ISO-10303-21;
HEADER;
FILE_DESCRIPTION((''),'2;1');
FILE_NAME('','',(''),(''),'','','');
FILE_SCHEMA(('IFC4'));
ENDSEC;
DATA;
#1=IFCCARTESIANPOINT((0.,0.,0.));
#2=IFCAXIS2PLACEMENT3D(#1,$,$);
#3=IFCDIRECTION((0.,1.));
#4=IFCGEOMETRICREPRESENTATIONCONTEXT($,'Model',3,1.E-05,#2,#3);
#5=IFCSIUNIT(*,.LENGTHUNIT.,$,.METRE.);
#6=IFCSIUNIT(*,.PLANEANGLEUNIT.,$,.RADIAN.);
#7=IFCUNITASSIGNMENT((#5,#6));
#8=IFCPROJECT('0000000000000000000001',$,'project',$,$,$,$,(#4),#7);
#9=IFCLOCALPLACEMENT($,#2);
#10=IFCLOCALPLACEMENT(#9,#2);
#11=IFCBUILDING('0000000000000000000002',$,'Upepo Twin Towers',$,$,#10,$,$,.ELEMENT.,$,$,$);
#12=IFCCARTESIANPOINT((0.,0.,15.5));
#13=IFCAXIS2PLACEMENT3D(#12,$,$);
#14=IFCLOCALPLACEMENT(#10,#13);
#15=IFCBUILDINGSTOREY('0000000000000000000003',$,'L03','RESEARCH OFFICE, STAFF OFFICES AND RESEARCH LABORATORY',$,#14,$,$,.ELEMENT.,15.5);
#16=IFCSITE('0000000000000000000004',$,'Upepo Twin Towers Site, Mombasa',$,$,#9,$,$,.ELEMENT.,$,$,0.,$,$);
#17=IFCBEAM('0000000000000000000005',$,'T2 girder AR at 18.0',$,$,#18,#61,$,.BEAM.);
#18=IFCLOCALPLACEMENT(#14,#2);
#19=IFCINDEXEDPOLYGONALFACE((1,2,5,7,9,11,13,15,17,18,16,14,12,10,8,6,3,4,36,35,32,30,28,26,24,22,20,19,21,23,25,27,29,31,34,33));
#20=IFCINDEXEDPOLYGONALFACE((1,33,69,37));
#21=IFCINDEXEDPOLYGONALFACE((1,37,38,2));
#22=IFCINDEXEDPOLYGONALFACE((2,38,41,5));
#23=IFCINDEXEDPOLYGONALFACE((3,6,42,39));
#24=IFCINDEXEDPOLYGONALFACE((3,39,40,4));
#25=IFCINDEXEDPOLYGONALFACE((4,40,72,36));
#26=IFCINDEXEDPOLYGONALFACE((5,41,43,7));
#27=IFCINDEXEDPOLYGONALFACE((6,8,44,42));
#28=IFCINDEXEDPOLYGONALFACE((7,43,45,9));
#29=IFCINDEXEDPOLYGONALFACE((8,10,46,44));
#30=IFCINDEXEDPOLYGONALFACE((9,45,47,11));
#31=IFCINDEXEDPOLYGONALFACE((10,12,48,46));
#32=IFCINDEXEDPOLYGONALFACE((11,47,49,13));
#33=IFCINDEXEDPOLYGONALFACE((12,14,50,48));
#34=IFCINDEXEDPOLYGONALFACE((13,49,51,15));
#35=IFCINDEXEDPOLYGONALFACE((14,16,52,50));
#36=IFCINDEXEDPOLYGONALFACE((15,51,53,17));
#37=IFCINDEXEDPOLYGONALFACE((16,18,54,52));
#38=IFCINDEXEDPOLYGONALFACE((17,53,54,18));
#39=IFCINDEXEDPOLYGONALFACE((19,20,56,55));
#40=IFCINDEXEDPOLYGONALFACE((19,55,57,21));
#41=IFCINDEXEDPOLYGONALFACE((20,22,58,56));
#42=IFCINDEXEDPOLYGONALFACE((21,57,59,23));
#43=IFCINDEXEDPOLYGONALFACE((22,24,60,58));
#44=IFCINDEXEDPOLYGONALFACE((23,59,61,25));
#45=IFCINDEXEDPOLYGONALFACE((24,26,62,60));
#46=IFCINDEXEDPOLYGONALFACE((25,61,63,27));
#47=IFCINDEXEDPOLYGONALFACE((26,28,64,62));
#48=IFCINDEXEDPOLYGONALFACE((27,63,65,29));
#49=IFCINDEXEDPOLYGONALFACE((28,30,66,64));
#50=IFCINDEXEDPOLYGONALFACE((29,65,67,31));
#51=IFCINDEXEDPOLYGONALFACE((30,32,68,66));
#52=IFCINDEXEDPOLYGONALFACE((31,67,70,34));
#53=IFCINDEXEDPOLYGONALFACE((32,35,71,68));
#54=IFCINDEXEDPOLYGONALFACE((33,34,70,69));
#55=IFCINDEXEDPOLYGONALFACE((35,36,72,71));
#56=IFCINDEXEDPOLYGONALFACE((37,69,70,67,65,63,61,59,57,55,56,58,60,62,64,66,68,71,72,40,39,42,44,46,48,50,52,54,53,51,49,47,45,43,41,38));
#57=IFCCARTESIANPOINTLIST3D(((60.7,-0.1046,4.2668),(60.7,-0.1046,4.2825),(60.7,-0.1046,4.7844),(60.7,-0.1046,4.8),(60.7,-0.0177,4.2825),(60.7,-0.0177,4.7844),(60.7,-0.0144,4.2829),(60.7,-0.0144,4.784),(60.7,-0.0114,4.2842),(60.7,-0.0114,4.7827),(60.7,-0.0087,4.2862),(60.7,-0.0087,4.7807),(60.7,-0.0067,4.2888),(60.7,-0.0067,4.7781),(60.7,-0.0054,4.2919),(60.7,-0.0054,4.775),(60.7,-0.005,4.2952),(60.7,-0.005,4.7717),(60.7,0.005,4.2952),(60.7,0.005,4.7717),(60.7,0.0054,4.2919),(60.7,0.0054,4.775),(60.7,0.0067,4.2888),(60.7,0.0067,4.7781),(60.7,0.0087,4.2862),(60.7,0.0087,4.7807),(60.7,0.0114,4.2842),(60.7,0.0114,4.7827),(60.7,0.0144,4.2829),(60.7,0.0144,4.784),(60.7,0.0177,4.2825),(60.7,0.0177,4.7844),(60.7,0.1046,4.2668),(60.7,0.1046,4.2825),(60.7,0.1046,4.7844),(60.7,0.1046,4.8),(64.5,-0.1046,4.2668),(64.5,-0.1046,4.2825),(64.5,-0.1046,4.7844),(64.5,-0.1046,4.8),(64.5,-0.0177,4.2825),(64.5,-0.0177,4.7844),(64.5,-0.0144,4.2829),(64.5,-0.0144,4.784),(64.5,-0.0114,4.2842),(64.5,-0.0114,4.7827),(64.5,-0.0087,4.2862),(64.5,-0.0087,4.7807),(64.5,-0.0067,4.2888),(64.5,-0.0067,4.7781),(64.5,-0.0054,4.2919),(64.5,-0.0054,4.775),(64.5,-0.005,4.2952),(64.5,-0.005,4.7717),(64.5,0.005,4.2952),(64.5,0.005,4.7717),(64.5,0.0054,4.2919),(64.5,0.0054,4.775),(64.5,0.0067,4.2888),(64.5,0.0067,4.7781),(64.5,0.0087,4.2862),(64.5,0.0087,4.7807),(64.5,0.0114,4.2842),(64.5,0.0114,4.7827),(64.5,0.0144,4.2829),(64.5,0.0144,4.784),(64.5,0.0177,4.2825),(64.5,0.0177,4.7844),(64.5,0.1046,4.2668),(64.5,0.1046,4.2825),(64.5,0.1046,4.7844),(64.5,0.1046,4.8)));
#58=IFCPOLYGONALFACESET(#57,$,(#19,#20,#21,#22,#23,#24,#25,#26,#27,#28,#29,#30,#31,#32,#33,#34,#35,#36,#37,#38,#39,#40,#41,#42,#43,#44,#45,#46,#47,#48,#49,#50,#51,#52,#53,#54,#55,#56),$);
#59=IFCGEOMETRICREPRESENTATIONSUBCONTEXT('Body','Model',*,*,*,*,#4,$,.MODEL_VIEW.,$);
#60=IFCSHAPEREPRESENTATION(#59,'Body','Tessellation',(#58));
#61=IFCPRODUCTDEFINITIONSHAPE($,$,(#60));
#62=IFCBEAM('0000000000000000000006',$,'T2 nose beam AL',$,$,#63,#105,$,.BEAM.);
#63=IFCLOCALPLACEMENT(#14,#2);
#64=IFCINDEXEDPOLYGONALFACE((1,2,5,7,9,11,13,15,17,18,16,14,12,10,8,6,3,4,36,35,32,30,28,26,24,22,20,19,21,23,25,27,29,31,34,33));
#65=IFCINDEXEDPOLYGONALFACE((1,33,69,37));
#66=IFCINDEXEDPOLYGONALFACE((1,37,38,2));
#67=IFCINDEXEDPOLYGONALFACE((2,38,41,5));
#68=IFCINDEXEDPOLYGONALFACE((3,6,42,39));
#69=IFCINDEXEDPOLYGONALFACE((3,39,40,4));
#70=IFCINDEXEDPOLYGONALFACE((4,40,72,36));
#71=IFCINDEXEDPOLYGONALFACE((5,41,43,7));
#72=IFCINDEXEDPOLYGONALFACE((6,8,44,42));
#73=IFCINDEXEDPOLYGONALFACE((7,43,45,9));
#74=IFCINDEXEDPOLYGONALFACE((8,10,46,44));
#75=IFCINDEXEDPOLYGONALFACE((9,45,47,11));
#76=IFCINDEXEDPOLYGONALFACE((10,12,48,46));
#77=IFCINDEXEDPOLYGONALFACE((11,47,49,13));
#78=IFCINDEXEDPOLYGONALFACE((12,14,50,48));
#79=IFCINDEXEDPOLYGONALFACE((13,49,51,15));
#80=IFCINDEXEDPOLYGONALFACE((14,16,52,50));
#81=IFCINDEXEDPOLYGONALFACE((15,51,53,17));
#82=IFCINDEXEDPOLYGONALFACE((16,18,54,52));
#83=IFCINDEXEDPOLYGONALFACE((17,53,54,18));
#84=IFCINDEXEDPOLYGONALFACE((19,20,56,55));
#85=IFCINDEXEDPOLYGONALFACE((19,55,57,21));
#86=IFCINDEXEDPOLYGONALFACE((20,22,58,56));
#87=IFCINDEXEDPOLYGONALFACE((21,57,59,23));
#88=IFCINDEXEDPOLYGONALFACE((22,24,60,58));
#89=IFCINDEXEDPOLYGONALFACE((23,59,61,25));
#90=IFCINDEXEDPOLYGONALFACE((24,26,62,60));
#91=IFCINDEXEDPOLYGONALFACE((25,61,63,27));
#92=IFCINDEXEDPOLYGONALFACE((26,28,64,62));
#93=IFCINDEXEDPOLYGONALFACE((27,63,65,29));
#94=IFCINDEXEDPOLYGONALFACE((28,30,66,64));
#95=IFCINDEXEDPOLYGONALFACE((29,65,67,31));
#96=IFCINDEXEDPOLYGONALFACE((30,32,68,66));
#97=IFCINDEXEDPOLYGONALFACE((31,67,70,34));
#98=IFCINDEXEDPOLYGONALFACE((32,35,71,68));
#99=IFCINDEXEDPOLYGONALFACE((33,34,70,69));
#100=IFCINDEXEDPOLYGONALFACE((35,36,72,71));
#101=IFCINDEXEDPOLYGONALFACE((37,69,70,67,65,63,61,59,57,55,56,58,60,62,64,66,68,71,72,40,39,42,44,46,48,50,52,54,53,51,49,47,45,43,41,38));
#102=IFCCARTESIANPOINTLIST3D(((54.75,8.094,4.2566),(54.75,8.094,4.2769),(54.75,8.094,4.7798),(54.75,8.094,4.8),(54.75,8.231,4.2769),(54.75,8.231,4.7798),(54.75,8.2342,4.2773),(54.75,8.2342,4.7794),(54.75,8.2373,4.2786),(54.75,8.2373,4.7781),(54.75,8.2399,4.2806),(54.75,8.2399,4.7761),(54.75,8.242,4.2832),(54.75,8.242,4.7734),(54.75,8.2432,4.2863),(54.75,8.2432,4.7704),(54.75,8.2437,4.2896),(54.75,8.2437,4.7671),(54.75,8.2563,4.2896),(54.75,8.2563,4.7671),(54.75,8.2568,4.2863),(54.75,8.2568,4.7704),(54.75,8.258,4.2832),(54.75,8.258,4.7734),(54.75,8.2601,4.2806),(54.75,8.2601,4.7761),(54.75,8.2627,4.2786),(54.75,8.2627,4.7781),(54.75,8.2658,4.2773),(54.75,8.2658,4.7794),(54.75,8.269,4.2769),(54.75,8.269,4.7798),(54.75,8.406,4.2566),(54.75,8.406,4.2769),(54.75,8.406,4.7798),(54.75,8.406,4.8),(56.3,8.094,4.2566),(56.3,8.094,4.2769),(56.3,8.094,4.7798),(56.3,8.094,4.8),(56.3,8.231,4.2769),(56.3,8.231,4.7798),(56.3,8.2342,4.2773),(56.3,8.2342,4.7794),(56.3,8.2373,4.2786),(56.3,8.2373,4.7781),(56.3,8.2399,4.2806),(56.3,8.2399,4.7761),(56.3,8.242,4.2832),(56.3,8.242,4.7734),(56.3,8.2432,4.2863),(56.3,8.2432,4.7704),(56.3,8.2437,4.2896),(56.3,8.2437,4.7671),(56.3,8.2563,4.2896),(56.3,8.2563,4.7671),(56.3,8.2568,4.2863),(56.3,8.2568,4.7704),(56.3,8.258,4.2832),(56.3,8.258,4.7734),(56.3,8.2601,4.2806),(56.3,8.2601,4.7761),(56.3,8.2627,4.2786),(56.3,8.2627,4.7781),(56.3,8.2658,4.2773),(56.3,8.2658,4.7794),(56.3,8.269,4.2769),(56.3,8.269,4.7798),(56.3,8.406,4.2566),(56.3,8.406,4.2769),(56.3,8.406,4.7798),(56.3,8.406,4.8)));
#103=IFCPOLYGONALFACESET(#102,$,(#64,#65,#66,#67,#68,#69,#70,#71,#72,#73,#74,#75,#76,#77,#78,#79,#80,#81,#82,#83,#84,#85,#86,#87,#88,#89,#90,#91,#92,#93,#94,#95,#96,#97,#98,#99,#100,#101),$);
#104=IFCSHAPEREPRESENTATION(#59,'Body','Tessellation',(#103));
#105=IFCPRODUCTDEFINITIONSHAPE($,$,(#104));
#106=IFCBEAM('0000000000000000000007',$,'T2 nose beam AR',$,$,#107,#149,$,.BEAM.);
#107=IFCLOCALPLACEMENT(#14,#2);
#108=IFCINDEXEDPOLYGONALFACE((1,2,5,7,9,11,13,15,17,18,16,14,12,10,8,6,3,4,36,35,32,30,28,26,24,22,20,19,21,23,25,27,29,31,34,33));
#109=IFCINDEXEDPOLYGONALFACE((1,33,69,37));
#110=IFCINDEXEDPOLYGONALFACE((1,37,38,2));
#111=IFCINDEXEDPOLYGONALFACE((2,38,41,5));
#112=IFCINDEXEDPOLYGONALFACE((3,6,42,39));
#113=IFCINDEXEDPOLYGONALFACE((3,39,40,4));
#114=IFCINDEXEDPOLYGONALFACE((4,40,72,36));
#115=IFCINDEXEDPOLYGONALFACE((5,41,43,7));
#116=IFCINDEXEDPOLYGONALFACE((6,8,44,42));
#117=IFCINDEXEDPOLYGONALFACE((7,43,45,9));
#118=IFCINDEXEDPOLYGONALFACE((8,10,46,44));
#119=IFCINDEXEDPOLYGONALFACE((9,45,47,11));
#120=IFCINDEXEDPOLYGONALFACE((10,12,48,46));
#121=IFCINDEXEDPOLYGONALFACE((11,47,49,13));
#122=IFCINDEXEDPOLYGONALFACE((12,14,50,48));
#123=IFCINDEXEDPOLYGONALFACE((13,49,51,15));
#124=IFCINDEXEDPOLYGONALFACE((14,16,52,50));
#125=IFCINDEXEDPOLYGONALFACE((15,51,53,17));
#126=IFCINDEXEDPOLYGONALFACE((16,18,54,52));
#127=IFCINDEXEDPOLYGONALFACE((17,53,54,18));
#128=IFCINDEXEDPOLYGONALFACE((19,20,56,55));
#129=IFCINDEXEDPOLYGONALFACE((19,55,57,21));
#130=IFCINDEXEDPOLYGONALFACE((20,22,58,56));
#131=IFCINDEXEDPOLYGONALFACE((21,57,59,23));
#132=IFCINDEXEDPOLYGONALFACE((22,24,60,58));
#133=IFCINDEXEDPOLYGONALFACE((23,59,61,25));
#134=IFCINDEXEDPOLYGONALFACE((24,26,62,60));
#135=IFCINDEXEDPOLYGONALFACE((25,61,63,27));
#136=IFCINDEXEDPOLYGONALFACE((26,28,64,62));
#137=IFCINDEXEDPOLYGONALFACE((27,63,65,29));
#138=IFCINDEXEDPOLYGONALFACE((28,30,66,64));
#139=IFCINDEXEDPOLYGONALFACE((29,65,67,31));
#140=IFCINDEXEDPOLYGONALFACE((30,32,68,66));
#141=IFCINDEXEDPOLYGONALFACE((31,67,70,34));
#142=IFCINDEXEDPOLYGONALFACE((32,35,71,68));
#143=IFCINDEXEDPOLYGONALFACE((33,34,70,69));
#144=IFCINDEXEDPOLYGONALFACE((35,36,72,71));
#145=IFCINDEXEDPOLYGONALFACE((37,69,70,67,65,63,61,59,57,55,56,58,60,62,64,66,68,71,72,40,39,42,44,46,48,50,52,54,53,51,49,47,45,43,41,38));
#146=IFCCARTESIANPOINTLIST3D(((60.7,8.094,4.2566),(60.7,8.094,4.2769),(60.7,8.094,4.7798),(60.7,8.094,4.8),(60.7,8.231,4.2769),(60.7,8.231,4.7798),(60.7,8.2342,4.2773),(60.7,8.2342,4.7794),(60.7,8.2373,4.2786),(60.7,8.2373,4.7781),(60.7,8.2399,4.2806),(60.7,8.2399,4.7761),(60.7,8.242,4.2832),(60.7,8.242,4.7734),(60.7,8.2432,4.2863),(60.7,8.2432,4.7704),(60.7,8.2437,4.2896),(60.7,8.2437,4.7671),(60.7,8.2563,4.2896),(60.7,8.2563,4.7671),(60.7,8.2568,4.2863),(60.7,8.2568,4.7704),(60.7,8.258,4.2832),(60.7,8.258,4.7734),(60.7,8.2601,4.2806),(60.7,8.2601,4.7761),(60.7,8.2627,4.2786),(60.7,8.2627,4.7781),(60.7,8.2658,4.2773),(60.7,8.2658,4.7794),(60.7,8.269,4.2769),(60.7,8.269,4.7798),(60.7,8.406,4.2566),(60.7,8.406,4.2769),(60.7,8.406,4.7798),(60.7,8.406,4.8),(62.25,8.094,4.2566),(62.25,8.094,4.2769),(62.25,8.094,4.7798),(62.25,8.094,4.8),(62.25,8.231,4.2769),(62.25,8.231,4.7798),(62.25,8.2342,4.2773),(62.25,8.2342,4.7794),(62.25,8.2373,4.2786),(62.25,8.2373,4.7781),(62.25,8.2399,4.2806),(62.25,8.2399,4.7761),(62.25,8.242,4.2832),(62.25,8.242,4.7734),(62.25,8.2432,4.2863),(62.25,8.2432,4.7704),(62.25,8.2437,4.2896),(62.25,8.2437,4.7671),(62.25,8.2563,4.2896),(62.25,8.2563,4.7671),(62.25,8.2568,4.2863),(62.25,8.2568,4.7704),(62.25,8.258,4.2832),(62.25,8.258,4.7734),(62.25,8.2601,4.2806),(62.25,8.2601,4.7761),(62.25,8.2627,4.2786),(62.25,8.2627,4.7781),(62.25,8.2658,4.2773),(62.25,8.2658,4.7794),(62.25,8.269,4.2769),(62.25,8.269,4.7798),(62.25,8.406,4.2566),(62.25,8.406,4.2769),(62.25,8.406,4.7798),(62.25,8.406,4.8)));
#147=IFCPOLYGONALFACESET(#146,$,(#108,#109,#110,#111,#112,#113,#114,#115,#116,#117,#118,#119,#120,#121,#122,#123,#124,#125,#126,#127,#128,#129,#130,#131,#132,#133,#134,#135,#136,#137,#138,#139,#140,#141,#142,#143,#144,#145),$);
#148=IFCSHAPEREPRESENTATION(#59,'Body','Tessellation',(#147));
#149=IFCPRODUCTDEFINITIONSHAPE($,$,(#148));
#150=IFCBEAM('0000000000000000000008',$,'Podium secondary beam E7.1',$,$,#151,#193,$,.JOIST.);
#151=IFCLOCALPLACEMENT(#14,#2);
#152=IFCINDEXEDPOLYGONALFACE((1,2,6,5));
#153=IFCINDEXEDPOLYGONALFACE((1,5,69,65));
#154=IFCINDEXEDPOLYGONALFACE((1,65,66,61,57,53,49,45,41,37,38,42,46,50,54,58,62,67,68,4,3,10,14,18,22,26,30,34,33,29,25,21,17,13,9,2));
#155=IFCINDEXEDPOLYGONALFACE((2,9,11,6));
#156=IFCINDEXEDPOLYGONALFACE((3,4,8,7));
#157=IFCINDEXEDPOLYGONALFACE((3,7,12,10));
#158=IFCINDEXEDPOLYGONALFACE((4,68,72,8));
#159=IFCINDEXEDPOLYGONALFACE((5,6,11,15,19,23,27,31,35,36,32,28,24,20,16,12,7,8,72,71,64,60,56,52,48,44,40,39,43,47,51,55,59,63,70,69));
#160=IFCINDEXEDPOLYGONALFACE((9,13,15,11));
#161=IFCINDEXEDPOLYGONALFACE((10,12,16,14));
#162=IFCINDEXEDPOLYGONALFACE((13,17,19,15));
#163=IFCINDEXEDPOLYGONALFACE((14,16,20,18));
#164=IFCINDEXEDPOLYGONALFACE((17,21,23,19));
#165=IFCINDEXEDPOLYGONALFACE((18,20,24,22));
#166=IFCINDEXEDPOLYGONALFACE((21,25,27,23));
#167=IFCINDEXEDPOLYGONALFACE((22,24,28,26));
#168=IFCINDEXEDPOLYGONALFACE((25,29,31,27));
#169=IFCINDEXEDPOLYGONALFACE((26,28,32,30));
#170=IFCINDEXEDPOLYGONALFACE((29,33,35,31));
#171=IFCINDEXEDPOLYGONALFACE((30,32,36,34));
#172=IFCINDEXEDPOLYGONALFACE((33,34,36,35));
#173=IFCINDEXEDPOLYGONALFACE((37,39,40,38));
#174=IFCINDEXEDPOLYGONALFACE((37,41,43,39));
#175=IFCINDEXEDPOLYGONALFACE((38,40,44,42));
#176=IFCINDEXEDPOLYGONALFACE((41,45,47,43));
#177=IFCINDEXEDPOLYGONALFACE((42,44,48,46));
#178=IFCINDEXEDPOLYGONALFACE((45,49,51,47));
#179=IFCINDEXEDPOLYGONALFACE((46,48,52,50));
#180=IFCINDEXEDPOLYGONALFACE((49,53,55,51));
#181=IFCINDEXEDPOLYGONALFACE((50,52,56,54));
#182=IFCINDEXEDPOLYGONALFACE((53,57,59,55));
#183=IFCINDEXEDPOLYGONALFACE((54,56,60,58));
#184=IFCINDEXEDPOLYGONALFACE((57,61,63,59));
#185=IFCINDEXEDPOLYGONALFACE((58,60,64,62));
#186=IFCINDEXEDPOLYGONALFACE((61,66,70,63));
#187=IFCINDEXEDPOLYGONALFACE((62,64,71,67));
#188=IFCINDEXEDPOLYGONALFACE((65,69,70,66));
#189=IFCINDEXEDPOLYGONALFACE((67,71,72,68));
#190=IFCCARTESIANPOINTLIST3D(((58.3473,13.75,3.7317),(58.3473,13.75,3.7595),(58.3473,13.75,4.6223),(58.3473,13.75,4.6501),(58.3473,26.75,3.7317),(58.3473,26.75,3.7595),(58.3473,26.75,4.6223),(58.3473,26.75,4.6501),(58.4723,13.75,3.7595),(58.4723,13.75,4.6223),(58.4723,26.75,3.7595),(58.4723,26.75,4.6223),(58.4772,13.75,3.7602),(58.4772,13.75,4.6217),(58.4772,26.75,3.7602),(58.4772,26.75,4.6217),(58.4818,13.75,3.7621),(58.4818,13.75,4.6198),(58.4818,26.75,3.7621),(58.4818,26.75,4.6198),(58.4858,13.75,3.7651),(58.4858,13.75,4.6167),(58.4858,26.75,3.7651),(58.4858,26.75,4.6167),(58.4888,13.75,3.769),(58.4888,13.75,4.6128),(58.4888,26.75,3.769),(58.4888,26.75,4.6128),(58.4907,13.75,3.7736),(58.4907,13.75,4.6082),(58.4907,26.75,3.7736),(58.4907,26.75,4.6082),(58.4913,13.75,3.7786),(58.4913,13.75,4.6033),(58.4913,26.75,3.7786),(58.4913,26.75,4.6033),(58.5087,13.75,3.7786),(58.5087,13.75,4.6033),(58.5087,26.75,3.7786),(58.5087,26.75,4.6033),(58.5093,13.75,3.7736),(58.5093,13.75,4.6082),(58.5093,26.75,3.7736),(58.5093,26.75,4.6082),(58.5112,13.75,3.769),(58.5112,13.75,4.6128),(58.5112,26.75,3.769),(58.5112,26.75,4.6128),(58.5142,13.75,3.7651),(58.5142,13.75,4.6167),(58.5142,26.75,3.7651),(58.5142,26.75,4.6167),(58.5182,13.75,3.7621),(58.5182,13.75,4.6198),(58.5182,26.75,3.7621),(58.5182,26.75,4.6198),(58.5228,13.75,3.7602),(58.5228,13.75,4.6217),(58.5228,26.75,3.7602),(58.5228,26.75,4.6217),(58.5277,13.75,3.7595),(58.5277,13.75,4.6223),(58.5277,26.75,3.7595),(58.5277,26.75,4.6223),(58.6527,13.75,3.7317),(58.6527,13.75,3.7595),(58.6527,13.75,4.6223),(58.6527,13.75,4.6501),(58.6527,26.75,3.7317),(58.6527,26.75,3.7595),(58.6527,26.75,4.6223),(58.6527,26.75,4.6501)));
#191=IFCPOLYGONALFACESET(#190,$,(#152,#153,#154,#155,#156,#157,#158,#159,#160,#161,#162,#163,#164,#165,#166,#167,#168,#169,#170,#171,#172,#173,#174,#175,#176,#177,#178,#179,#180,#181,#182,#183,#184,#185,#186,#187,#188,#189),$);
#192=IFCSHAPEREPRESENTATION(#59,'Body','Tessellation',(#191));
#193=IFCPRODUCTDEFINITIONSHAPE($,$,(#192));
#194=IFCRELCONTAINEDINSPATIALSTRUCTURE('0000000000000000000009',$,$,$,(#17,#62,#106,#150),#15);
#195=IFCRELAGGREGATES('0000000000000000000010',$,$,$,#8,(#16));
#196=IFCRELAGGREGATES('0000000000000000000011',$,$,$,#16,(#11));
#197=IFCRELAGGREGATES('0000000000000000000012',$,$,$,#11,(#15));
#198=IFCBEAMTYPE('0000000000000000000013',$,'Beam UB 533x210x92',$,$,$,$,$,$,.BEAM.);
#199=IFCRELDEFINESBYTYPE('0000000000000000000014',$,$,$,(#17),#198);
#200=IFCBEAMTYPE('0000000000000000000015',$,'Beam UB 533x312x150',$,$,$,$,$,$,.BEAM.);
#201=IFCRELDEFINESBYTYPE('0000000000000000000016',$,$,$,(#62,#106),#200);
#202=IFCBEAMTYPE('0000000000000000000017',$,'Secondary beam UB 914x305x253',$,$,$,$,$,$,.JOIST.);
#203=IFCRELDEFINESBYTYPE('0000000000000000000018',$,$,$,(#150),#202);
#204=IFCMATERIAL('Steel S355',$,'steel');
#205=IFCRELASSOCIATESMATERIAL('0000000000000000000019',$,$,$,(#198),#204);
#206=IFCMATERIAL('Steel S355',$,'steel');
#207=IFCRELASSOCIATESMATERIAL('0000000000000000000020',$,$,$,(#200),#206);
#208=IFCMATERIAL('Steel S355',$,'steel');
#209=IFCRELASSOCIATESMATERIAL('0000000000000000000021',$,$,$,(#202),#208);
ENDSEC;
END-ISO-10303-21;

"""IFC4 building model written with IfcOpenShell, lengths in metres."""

from ifc_helpers import new_model, si_unit, direction, frame, origin, origin_2d, place, context, subcontext, project, spatial, i_section, extrude, material, material_profile, profile_set, type_object, element, save


model = new_model("IFC4")

# Units and contexts
model_context = context("Model", 3, precision=1e-05, world=origin(), true_north=direction((0.0, 1.0)))
body_context = subcontext(model_context, "Body", "Model", "MODEL_VIEW")
ifc_project = project(units=[si_unit("LENGTHUNIT", "METRE"), si_unit("PLANEANGLEUNIT", "RADIAN")], contexts=[model_context])

# Site, building, storey
site_placement = place(None, origin())
site = spatial("IfcSite", under=ifc_project, at=site_placement, Name="Upepo Twin Towers Site, Mombasa", CompositionType="ELEMENT", RefElevation=0.0)
building_placement = place(site_placement, origin())
building = spatial("IfcBuilding", under=site, at=building_placement, Name="Upepo Twin Towers", CompositionType="ELEMENT")
storey_placement = place(building_placement, frame((0.0, 0.0, 15.5)))
storey = spatial("IfcBuildingStorey", under=building, at=storey_placement, Name="L03", Description="RESEARCH OFFICE, STAFF OFFICES AND RESEARCH LABORATORY", CompositionType="ELEMENT", Elevation=15.5)

# Beams
ifc_material_1 = material(Name="Steel S355", Category="steel")
ifc_material_profile_1 = material_profile(ifc_material_1, i_section(OverallWidth=0.2092, OverallDepth=0.5332, WebThickness=0.01, FlangeThickness=0.0156, FilletRadius=0.0127, at=origin_2d()), Name="UB 533x210x92")
ifc_profile_set_1 = profile_set([ifc_material_profile_1], Name="Steel S355")
beam_type_1 = type_object("IfcBeamType", Name="Beam UB 533x210x92", PredefinedType="BEAM", material=ifc_profile_set_1)
for number, where, z_axis, x_axis, name in (
    (1, (64.5, 0.0, 4.5334), (-1.0, 0.0, 0.0), (0.0, -1.0, 0.0), "T2 girder AR at 18.0"),
):
    element("IfcBeam", number, at=place(storey_placement, frame(where, z_axis=z_axis, x_axis=x_axis)), inside=storey, type_object=beam_type_1, Name=name, PredefinedType="BEAM", context=body_context, shape_type="SweptSolid", body=[
        extrude(i_section(OverallWidth=0.2092, OverallDepth=0.5332, WebThickness=0.01, FlangeThickness=0.0156, FilletRadius=0.0127, at=origin_2d()), origin(), (0.0, 0.0, 1.0), 3.8),
    ])
ifc_material_2 = material(Name="Steel S355", Category="steel")
ifc_material_profile_2 = material_profile(ifc_material_2, i_section(OverallWidth=0.312, OverallDepth=0.5435, WebThickness=0.0127, FlangeThickness=0.0203, FilletRadius=0.0127, at=origin_2d()), Name="UB 533x312x150")
ifc_profile_set_2 = profile_set([ifc_material_profile_2], Name="Steel S355")
beam_type_2 = type_object("IfcBeamType", Name="Beam UB 533x312x150", PredefinedType="BEAM", material=ifc_profile_set_2)
for number, where, z_axis, x_axis, name in (
    (2, (54.75, 8.25, 4.5283), (1.0, 0.0, 0.0), (0.0, 1.0, 0.0), "T2 nose beam AL"),
    (3, (62.25, 8.25, 4.5283), (-1.0, 0.0, 0.0), (0.0, -1.0, 0.0), "T2 nose beam AR"),
):
    element("IfcBeam", number, at=place(storey_placement, frame(where, z_axis=z_axis, x_axis=x_axis)), inside=storey, type_object=beam_type_2, Name=name, PredefinedType="BEAM", context=body_context, shape_type="SweptSolid", body=[
        extrude(i_section(OverallWidth=0.312, OverallDepth=0.5435, WebThickness=0.0127, FlangeThickness=0.0203, FilletRadius=0.0127, at=origin_2d()), origin(), (0.0, 0.0, 1.0), 1.55),
    ])
ifc_material_3 = material(Name="Steel S355", Category="steel")
ifc_material_profile_3 = material_profile(ifc_material_3, i_section(OverallWidth=0.3054, OverallDepth=0.9185, WebThickness=0.0173, FlangeThickness=0.0278, FilletRadius=0.019, at=origin_2d()), Name="UB 914x305x253")
ifc_profile_set_3 = profile_set([ifc_material_profile_3], Name="Steel S355")
beam_type_3 = type_object("IfcBeamType", Name="Secondary beam UB 914x305x253", PredefinedType="JOIST", material=ifc_profile_set_3)
for number, where, z_axis, x_axis, name in (
    (4, (58.5, 13.75, 4.1909), (0.0, 1.0, 0.0), (-1.0, 0.0, 0.0), "Podium secondary beam E7.1"),
):
    element("IfcBeam", number, at=place(storey_placement, frame(where, z_axis=z_axis, x_axis=x_axis)), inside=storey, type_object=beam_type_3, Name=name, PredefinedType="JOIST", context=body_context, shape_type="SweptSolid", body=[
        extrude(i_section(OverallWidth=0.3054, OverallDepth=0.9185, WebThickness=0.0173, FlangeThickness=0.0278, FilletRadius=0.019, at=origin_2d()), origin(), (0.0, 0.0, 1.0), 13.0),
    ])

save(model, "model.ifc")
